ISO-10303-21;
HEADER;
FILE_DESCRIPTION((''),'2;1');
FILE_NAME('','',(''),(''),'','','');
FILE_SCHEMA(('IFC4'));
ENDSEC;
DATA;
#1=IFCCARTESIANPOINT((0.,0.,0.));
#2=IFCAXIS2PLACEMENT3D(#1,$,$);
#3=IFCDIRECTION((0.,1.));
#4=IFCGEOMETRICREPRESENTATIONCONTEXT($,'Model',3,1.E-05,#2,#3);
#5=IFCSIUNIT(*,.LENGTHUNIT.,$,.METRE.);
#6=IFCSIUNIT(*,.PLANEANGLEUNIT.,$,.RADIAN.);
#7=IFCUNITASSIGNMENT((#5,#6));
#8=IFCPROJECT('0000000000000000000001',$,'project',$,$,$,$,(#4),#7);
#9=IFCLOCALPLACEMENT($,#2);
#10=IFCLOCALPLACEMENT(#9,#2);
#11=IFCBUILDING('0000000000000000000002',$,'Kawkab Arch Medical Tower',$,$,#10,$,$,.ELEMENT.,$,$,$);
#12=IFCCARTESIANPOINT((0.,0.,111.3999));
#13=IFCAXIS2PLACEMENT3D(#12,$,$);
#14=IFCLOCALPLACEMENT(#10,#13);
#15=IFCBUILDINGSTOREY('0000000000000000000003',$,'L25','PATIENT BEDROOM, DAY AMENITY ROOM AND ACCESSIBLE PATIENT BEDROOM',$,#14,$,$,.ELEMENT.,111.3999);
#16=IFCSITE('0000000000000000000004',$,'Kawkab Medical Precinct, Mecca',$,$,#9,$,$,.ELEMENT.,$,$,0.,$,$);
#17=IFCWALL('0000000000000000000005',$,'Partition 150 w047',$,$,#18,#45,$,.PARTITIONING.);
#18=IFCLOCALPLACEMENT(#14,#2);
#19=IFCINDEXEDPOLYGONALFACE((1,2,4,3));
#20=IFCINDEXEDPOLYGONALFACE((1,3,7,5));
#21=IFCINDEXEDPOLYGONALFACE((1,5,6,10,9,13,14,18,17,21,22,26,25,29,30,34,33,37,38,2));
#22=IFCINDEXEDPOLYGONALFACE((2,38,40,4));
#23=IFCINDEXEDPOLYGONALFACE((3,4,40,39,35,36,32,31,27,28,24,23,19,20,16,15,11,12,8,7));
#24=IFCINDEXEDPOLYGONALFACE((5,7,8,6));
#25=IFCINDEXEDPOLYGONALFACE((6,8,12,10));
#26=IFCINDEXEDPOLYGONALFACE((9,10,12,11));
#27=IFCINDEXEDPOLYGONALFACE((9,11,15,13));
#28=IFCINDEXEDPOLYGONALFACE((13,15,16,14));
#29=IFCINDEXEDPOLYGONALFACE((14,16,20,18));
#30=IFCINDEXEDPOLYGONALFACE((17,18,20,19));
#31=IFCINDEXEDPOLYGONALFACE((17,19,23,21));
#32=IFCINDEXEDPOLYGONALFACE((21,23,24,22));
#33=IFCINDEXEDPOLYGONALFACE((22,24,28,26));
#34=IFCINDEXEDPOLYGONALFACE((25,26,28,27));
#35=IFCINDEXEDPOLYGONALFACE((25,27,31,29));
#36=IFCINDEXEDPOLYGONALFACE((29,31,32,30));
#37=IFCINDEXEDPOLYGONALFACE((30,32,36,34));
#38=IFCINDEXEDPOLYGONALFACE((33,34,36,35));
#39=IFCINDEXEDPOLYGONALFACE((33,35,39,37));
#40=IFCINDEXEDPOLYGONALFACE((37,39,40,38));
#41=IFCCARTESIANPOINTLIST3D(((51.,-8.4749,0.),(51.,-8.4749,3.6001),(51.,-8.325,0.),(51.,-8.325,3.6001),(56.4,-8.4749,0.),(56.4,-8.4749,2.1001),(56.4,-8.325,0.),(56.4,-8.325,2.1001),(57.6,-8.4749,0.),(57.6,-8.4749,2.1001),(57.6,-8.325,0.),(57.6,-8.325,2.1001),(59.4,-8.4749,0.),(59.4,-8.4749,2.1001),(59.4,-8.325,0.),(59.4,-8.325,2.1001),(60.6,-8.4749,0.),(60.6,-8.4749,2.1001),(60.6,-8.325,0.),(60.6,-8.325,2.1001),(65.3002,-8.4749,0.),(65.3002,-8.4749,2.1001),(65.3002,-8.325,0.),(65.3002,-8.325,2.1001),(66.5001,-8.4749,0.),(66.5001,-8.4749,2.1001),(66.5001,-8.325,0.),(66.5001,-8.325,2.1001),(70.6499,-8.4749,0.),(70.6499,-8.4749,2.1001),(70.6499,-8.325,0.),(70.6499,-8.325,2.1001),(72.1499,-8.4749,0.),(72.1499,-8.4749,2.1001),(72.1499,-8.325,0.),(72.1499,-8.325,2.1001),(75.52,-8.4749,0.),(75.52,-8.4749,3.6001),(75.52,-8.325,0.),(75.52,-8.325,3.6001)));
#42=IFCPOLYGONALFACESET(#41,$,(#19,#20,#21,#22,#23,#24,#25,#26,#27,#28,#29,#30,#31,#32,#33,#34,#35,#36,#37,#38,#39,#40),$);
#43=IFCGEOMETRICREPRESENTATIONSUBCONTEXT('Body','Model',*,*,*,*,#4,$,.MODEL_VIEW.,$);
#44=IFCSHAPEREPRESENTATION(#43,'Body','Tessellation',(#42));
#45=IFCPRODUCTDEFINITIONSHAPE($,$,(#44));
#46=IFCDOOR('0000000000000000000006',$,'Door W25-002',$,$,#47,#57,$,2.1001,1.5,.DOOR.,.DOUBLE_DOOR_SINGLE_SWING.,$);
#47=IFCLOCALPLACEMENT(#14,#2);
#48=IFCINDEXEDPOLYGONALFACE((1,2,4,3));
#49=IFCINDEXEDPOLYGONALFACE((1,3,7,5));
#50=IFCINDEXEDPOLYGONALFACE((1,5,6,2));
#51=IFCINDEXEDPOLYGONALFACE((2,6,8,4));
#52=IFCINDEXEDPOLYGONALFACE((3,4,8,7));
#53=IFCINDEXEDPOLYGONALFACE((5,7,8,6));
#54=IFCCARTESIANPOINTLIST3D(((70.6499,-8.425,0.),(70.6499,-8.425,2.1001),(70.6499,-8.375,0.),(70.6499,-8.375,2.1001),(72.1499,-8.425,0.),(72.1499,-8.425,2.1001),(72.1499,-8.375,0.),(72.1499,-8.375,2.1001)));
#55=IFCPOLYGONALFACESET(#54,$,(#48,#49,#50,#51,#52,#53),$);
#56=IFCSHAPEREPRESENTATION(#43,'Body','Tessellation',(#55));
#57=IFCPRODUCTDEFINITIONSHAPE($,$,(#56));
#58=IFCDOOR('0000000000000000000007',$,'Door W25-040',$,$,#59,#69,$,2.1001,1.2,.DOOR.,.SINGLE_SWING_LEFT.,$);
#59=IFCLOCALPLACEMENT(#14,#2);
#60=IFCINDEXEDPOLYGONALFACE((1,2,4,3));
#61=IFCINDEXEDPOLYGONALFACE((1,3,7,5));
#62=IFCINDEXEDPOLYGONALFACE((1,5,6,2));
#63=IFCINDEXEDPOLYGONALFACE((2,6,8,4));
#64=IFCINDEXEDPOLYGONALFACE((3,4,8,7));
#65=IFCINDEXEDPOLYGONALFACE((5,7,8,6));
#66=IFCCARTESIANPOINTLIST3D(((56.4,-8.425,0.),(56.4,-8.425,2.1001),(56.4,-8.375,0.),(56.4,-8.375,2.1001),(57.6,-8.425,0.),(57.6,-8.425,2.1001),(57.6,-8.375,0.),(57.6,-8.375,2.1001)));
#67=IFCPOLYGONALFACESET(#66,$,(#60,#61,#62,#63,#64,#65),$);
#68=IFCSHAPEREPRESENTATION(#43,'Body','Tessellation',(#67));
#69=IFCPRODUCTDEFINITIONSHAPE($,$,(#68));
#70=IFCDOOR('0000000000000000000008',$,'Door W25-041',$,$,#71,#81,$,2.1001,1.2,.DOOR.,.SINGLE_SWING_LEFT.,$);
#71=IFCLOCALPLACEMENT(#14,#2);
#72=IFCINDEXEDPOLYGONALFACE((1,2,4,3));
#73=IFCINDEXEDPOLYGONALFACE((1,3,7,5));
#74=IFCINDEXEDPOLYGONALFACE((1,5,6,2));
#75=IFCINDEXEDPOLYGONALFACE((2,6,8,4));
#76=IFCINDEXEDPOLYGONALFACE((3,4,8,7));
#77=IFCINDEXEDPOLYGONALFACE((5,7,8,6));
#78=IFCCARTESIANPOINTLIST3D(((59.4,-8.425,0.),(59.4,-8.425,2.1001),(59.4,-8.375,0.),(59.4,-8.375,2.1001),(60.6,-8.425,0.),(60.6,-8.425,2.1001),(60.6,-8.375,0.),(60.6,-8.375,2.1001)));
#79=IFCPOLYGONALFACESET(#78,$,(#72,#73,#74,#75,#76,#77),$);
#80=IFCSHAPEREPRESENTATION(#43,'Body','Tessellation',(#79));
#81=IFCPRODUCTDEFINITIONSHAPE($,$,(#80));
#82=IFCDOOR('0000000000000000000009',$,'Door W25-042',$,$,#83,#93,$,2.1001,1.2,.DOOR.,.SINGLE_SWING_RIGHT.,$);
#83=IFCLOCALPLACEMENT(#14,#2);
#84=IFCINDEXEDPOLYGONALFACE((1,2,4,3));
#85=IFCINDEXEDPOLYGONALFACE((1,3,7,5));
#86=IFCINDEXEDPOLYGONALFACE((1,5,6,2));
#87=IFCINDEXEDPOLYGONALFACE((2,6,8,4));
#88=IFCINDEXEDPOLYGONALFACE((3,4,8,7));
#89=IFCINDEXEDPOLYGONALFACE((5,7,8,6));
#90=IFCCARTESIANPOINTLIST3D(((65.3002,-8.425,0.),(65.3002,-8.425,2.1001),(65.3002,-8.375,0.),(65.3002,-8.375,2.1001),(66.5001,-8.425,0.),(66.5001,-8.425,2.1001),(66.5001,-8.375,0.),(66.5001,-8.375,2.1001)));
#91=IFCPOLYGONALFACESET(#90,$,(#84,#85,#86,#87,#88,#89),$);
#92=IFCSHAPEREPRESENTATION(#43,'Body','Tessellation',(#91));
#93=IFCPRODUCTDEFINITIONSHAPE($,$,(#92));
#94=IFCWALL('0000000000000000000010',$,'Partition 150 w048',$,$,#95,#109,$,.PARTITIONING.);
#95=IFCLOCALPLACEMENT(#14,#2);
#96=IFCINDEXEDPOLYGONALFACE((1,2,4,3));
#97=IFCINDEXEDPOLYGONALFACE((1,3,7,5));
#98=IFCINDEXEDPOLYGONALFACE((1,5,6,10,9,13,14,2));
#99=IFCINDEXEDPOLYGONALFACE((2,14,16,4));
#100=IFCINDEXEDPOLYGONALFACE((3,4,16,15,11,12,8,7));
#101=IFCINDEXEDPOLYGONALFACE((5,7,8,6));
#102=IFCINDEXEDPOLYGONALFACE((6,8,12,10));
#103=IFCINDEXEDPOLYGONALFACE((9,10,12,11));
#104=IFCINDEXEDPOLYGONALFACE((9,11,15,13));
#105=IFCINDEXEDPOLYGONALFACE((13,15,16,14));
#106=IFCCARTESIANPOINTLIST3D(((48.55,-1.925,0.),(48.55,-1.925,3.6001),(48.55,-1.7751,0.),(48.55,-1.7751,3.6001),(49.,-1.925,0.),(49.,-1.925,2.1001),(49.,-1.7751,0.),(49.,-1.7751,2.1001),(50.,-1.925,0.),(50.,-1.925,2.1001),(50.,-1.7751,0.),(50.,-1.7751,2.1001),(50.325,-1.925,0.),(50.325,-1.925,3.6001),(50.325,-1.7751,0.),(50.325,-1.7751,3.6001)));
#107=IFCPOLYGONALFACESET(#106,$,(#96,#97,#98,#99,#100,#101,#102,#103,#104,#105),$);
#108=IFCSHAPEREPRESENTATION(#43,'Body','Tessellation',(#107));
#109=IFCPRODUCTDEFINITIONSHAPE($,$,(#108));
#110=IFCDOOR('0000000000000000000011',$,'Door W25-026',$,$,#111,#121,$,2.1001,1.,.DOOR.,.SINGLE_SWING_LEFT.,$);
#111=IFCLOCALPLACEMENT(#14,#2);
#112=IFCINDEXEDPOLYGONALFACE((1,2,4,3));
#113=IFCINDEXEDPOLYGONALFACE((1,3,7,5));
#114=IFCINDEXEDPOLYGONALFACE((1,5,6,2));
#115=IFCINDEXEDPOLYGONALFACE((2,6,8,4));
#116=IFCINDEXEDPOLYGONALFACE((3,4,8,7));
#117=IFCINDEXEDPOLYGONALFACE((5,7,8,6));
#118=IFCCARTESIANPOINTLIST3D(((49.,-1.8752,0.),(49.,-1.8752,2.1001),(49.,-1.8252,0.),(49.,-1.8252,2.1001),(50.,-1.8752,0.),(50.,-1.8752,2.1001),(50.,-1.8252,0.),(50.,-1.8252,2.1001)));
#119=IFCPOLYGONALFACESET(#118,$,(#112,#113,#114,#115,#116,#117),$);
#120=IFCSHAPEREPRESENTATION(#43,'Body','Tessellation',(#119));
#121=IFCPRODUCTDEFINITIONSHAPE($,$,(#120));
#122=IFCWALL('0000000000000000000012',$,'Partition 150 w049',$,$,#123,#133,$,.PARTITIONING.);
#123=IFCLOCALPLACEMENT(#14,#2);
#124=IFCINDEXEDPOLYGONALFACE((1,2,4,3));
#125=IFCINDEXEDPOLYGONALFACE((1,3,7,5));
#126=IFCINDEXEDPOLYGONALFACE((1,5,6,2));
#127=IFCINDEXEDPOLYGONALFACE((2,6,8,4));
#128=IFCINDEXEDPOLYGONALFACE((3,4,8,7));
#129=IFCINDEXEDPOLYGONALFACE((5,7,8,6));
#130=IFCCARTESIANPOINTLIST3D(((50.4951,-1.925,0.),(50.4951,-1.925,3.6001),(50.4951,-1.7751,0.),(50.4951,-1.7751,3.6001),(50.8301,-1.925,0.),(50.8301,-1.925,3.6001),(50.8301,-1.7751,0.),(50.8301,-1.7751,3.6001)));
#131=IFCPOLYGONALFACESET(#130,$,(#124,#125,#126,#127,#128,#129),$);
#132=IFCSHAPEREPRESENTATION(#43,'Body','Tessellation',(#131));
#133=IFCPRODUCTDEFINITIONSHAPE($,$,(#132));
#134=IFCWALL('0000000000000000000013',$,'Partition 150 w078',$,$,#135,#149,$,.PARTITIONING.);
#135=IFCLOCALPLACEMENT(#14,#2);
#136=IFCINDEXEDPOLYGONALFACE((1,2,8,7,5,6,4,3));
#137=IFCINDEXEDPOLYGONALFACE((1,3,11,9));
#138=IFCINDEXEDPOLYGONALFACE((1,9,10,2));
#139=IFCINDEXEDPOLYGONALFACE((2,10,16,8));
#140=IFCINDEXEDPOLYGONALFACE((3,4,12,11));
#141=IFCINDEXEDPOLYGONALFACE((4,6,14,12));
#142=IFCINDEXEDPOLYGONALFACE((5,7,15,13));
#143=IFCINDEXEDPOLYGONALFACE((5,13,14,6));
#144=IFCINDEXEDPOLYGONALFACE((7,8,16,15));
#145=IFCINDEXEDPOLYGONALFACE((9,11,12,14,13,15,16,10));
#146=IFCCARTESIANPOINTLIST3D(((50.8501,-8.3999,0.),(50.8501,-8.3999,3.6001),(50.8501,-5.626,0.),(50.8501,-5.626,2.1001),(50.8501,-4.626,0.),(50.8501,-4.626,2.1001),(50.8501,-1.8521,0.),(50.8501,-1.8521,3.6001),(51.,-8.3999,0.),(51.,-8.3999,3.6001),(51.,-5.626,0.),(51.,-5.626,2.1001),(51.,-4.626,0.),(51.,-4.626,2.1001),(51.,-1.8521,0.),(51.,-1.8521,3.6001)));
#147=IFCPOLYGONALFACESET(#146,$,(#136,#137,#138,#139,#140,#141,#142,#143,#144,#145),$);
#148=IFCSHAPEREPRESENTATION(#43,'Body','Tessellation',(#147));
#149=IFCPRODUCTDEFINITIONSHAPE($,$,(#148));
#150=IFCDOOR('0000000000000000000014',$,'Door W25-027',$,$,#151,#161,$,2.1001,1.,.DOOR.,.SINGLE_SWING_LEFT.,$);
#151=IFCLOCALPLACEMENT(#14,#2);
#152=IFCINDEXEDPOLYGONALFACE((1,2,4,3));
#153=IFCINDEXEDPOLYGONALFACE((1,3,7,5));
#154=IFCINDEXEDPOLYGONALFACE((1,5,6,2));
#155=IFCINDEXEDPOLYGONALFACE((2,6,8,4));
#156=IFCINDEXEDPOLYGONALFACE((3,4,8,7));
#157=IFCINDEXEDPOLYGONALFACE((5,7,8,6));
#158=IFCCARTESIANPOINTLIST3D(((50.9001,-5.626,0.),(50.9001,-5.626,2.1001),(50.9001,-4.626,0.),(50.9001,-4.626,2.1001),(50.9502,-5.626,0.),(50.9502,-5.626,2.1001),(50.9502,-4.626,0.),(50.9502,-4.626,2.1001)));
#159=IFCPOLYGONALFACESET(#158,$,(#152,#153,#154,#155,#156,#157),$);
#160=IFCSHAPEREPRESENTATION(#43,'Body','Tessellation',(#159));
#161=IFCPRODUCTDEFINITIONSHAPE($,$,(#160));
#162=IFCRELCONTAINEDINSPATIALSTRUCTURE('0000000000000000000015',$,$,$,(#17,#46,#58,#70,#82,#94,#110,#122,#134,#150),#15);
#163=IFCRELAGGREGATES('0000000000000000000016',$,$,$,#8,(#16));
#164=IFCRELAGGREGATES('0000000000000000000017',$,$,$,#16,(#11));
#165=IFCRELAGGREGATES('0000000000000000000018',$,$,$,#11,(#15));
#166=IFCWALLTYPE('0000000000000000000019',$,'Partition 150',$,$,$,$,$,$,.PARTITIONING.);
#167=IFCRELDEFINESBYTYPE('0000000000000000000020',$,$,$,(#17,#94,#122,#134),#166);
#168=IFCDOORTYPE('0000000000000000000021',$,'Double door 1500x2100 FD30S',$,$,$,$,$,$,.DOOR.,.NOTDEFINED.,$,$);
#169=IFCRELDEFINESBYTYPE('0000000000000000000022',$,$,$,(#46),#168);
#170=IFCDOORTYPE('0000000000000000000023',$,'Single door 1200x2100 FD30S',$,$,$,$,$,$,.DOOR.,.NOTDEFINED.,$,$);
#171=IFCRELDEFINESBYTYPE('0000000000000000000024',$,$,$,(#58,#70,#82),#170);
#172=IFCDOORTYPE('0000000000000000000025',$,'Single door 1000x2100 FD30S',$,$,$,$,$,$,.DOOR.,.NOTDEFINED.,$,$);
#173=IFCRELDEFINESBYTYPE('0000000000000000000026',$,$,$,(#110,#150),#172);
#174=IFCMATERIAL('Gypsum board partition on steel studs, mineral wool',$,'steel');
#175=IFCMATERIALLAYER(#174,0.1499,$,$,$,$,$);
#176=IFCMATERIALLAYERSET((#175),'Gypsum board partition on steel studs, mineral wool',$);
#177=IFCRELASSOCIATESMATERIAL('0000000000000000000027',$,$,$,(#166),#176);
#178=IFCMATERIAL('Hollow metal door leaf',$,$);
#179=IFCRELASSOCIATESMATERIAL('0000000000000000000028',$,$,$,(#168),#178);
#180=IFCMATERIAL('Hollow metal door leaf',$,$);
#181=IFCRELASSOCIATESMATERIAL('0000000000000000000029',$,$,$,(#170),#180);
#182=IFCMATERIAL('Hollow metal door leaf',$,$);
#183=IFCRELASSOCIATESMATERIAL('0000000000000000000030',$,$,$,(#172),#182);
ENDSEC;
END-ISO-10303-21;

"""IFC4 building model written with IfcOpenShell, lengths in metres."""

from ifc_helpers import new_model, si_unit, direction, frame, frame_2d, origin, place, context, subcontext, project, spatial, rectangle, extrude, material, layer, layer_set, type_object, element, fill, save


model = new_model("IFC4")

# Units and contexts
model_context = context("Model", 3, precision=1e-05, world=origin(), true_north=direction((0.0, 1.0)))
body_context = subcontext(model_context, "Body", "Model", "MODEL_VIEW")
ifc_project = project(units=[si_unit("LENGTHUNIT", "METRE"), si_unit("PLANEANGLEUNIT", "RADIAN")], contexts=[model_context])

# Site, building, storey
site_placement = place(None, origin())
site = spatial("IfcSite", under=ifc_project, at=site_placement, Name="Kawkab Medical Precinct, Mecca", CompositionType="ELEMENT", RefElevation=0.0)
building_placement = place(site_placement, origin())
building = spatial("IfcBuilding", under=site, at=building_placement, Name="Kawkab Arch Medical Tower", CompositionType="ELEMENT")
storey_placement = place(building_placement, frame((0.0, 0.0, 111.3999)))
storey = spatial("IfcBuildingStorey", under=building, at=storey_placement, Name="L25", Description="PATIENT BEDROOM, DAY AMENITY ROOM AND ACCESSIBLE PATIENT BEDROOM", CompositionType="ELEMENT", Elevation=111.3999)

# Wall, openings, doors
ifc_material_1 = material(Name="Gypsum board partition on steel studs, mineral wool", Category="steel")
ifc_layer_1 = layer(ifc_material_1, 0.1499)
ifc_layer_set_1 = layer_set([ifc_layer_1], Name="Gypsum board partition on steel studs, mineral wool")
wall_type_1 = type_object("IfcWallType", Name="Partition 150", PredefinedType="PARTITIONING", material=ifc_layer_set_1)
wall_1_placement = place(storey_placement, frame((51.0, -8.3999, 0.0), z_axis=(0.0, 0.0, 1.0), x_axis=(1.0, 0.0, 0.0)))
wall_1 = element("IfcWall", 1, at=wall_1_placement, inside=storey, type_object=wall_type_1, Name="Partition 150 w047", PredefinedType="PARTITIONING", context=body_context, shape_type="SweptSolid", body=[
    extrude(rectangle(XDim=24.52, YDim=0.1499, at=frame_2d((12.26, 0.0))), origin(), (0.0, 0.0, 1.0), 3.6001),
])
opening_1_placement = place(wall_1_placement, frame((5.3999, 0.0, 0.0)))
opening_1 = element("IfcOpeningElement", 2, at=opening_1_placement, cuts=wall_1, PredefinedType="OPENING", context=body_context, shape_type="SweptSolid", body=[
    extrude(rectangle(XDim=1.2, YDim=2.1001, at=frame_2d((0.6001, 1.05))), frame((0.0, 0.085, 0.0), z_axis=(0.0, -1.0, 0.0), x_axis=(1.0, 0.0, 0.0)), (0.0, 0.0, 1.0), 0.1699),
])
opening_2_placement = place(wall_1_placement, frame((8.3999, 0.0, 0.0)))
opening_2 = element("IfcOpeningElement", 3, at=opening_2_placement, cuts=wall_1, PredefinedType="OPENING", context=body_context, shape_type="SweptSolid", body=[
    extrude(rectangle(XDim=1.2, YDim=2.1001, at=frame_2d((0.6001, 1.05))), frame((0.0, 0.085, 0.0), z_axis=(0.0, -1.0, 0.0), x_axis=(1.0, 0.0, 0.0)), (0.0, 0.0, 1.0), 0.1699),
])
opening_3_placement = place(wall_1_placement, frame((14.3, 0.0, 0.0)))
opening_3 = element("IfcOpeningElement", 4, at=opening_3_placement, cuts=wall_1, PredefinedType="OPENING", context=body_context, shape_type="SweptSolid", body=[
    extrude(rectangle(XDim=1.2, YDim=2.1001, at=frame_2d((0.6001, 1.05))), frame((0.0, 0.085, 0.0), z_axis=(0.0, -1.0, 0.0), x_axis=(1.0, 0.0, 0.0)), (0.0, 0.0, 1.0), 0.1699),
])
opening_4_placement = place(wall_1_placement, frame((19.6499, 0.0, 0.0)))
opening_4 = element("IfcOpeningElement", 5, at=opening_4_placement, cuts=wall_1, PredefinedType="OPENING", context=body_context, shape_type="SweptSolid", body=[
    extrude(rectangle(XDim=1.5, YDim=2.1001, at=frame_2d((0.75, 1.05))), frame((0.0, 0.085, 0.0), z_axis=(0.0, -1.0, 0.0), x_axis=(1.0, 0.0, 0.0)), (0.0, 0.0, 1.0), 0.1699),
])
ifc_material_2 = material(Name="Hollow metal door leaf")
door_type_1 = type_object("IfcDoorType", Name="Double door 1500x2100 FD30S", OperationType="NOTDEFINED", PredefinedType="DOOR", material=ifc_material_2)
door_1_placement = place(opening_4_placement, origin())
door_1 = element("IfcDoor", 6, at=door_1_placement, inside=storey, type_object=door_type_1, Name="Door W25-002", OperationType="DOUBLE_DOOR_SINGLE_SWING", OverallHeight=2.1001, OverallWidth=1.5, PredefinedType="DOOR", context=body_context, shape_type="SweptSolid", body=[
    extrude(rectangle(XDim=1.5, YDim=2.1001, at=frame_2d((0.75, 1.05))), frame((0.0, 0.0249, 0.0), z_axis=(0.0, -1.0, 0.0), x_axis=(1.0, 0.0, 0.0)), (0.0, 0.0, 1.0), 0.05),
])
fill(opening_4, door_1)
ifc_material_3 = material(Name="Hollow metal door leaf")
door_type_2 = type_object("IfcDoorType", Name="Single door 1200x2100 FD30S", OperationType="NOTDEFINED", PredefinedType="DOOR", material=ifc_material_3)
door_2_placement = place(opening_1_placement, origin())
door_2 = element("IfcDoor", 7, at=door_2_placement, inside=storey, type_object=door_type_2, Name="Door W25-040", OperationType="SINGLE_SWING_LEFT", OverallHeight=2.1001, OverallWidth=1.2, PredefinedType="DOOR", context=body_context, shape_type="SweptSolid", body=[
    extrude(rectangle(XDim=1.2, YDim=2.1001, at=frame_2d((0.6001, 1.05))), frame((0.0, 0.0249, 0.0), z_axis=(0.0, -1.0, 0.0), x_axis=(1.0, 0.0, 0.0)), (0.0, 0.0, 1.0), 0.05),
])
fill(opening_1, door_2)
door_3_placement = place(opening_2_placement, origin())
door_3 = element("IfcDoor", 8, at=door_3_placement, inside=storey, type_object=door_type_2, Name="Door W25-041", OperationType="SINGLE_SWING_LEFT", OverallHeight=2.1001, OverallWidth=1.2, PredefinedType="DOOR", context=body_context, shape_type="SweptSolid", body=[
    extrude(rectangle(XDim=1.2, YDim=2.1001, at=frame_2d((0.6001, 1.05))), frame((0.0, 0.0249, 0.0), z_axis=(0.0, -1.0, 0.0), x_axis=(1.0, 0.0, 0.0)), (0.0, 0.0, 1.0), 0.05),
])
fill(opening_2, door_3)
door_4_placement = place(opening_3_placement, origin())
door_4 = element("IfcDoor", 9, at=door_4_placement, inside=storey, type_object=door_type_2, Name="Door W25-042", OperationType="SINGLE_SWING_RIGHT", OverallHeight=2.1001, OverallWidth=1.2, PredefinedType="DOOR", context=body_context, shape_type="SweptSolid", body=[
    extrude(rectangle(XDim=1.2, YDim=2.1001, at=frame_2d((0.6001, 1.05))), frame((0.0, 0.0249, 0.0), z_axis=(0.0, -1.0, 0.0), x_axis=(1.0, 0.0, 0.0)), (0.0, 0.0, 1.0), 0.05),
])
fill(opening_3, door_4)

# Wall, opening, door
wall_2_placement = place(storey_placement, frame((48.55, -1.8501, 0.0), z_axis=(0.0, 0.0, 1.0), x_axis=(1.0, 0.0, 0.0)))
wall_2 = element("IfcWall", 10, at=wall_2_placement, inside=storey, type_object=wall_type_1, Name="Partition 150 w048", PredefinedType="PARTITIONING", context=body_context, shape_type="SweptSolid", body=[
    extrude(rectangle(XDim=1.7749, YDim=0.1499, at=frame_2d((0.8875, 0.0))), origin(), (0.0, 0.0, 1.0), 3.6001),
])
opening_5_placement = place(wall_2_placement, frame((0.45, 0.0, 0.0)))
opening_5 = element("IfcOpeningElement", 11, at=opening_5_placement, cuts=wall_2, PredefinedType="OPENING", context=body_context, shape_type="SweptSolid", body=[
    extrude(rectangle(XDim=1.0, YDim=2.1001, at=frame_2d((0.5, 1.05))), frame((0.0, 0.085, 0.0), z_axis=(0.0, -1.0, 0.0), x_axis=(1.0, 0.0, 0.0)), (0.0, 0.0, 1.0), 0.1699),
])
ifc_material_4 = material(Name="Hollow metal door leaf")
door_type_3 = type_object("IfcDoorType", Name="Single door 1000x2100 FD30S", OperationType="NOTDEFINED", PredefinedType="DOOR", material=ifc_material_4)
door_5_placement = place(opening_5_placement, origin())
door_5 = element("IfcDoor", 12, at=door_5_placement, inside=storey, type_object=door_type_3, Name="Door W25-026", OperationType="SINGLE_SWING_LEFT", OverallHeight=2.1001, OverallWidth=1.0, PredefinedType="DOOR", context=body_context, shape_type="SweptSolid", body=[
    extrude(rectangle(XDim=1.0, YDim=2.1001, at=frame_2d((0.5, 1.05))), frame((0.0, 0.0249, 0.0), z_axis=(0.0, -1.0, 0.0), x_axis=(1.0, 0.0, 0.0)), (0.0, 0.0, 1.0), 0.05),
])
fill(opening_5, door_5)

# Wall
wall_3_placement = place(storey_placement, frame((50.4951, -1.8501, 0.0), z_axis=(0.0, 0.0, 1.0), x_axis=(1.0, 0.0, 0.0)))
element("IfcWall", 13, at=wall_3_placement, inside=storey, type_object=wall_type_1, Name="Partition 150 w049", PredefinedType="PARTITIONING", context=body_context, shape_type="SweptSolid", body=[
    extrude(rectangle(XDim=0.335, YDim=0.1499, at=frame_2d((0.1675, 0.0))), origin(), (0.0, 0.0, 1.0), 3.6001),
])

# Wall, opening, door
wall_4_placement = place(storey_placement, frame((50.925, -8.3999, 0.0), z_axis=(0.0, 0.0, 1.0), x_axis=(0.0, 1.0, 0.0)))
wall_4 = element("IfcWall", 14, at=wall_4_placement, inside=storey, type_object=wall_type_1, Name="Partition 150 w078", PredefinedType="PARTITIONING", context=body_context, shape_type="SweptSolid", body=[
    extrude(rectangle(XDim=6.5479, YDim=0.1499, at=frame_2d((3.2739, 0.0))), origin(), (0.0, 0.0, 1.0), 3.6001),
])
opening_6_placement = place(wall_4_placement, frame((2.7739, 0.0, 0.0)))
opening_6 = element("IfcOpeningElement", 15, at=opening_6_placement, cuts=wall_4, PredefinedType="OPENING", context=body_context, shape_type="SweptSolid", body=[
    extrude(rectangle(XDim=1.0, YDim=2.1001, at=frame_2d((0.5, 1.05))), frame((0.0, 0.085, 0.0), z_axis=(0.0, -1.0, 0.0), x_axis=(1.0, 0.0, 0.0)), (0.0, 0.0, 1.0), 0.1699),
])
door_6_placement = place(opening_6_placement, origin())
door_6 = element("IfcDoor", 16, at=door_6_placement, inside=storey, type_object=door_type_3, Name="Door W25-027", OperationType="SINGLE_SWING_LEFT", OverallHeight=2.1001, OverallWidth=1.0, PredefinedType="DOOR", context=body_context, shape_type="SweptSolid", body=[
    extrude(rectangle(XDim=1.0, YDim=2.1001, at=frame_2d((0.5, 1.05))), frame((0.0, 0.0249, 0.0), z_axis=(0.0, -1.0, 0.0), x_axis=(1.0, 0.0, 0.0)), (0.0, 0.0, 1.0), 0.05),
])
fill(opening_6, door_6)

save(model, "model.ifc")
